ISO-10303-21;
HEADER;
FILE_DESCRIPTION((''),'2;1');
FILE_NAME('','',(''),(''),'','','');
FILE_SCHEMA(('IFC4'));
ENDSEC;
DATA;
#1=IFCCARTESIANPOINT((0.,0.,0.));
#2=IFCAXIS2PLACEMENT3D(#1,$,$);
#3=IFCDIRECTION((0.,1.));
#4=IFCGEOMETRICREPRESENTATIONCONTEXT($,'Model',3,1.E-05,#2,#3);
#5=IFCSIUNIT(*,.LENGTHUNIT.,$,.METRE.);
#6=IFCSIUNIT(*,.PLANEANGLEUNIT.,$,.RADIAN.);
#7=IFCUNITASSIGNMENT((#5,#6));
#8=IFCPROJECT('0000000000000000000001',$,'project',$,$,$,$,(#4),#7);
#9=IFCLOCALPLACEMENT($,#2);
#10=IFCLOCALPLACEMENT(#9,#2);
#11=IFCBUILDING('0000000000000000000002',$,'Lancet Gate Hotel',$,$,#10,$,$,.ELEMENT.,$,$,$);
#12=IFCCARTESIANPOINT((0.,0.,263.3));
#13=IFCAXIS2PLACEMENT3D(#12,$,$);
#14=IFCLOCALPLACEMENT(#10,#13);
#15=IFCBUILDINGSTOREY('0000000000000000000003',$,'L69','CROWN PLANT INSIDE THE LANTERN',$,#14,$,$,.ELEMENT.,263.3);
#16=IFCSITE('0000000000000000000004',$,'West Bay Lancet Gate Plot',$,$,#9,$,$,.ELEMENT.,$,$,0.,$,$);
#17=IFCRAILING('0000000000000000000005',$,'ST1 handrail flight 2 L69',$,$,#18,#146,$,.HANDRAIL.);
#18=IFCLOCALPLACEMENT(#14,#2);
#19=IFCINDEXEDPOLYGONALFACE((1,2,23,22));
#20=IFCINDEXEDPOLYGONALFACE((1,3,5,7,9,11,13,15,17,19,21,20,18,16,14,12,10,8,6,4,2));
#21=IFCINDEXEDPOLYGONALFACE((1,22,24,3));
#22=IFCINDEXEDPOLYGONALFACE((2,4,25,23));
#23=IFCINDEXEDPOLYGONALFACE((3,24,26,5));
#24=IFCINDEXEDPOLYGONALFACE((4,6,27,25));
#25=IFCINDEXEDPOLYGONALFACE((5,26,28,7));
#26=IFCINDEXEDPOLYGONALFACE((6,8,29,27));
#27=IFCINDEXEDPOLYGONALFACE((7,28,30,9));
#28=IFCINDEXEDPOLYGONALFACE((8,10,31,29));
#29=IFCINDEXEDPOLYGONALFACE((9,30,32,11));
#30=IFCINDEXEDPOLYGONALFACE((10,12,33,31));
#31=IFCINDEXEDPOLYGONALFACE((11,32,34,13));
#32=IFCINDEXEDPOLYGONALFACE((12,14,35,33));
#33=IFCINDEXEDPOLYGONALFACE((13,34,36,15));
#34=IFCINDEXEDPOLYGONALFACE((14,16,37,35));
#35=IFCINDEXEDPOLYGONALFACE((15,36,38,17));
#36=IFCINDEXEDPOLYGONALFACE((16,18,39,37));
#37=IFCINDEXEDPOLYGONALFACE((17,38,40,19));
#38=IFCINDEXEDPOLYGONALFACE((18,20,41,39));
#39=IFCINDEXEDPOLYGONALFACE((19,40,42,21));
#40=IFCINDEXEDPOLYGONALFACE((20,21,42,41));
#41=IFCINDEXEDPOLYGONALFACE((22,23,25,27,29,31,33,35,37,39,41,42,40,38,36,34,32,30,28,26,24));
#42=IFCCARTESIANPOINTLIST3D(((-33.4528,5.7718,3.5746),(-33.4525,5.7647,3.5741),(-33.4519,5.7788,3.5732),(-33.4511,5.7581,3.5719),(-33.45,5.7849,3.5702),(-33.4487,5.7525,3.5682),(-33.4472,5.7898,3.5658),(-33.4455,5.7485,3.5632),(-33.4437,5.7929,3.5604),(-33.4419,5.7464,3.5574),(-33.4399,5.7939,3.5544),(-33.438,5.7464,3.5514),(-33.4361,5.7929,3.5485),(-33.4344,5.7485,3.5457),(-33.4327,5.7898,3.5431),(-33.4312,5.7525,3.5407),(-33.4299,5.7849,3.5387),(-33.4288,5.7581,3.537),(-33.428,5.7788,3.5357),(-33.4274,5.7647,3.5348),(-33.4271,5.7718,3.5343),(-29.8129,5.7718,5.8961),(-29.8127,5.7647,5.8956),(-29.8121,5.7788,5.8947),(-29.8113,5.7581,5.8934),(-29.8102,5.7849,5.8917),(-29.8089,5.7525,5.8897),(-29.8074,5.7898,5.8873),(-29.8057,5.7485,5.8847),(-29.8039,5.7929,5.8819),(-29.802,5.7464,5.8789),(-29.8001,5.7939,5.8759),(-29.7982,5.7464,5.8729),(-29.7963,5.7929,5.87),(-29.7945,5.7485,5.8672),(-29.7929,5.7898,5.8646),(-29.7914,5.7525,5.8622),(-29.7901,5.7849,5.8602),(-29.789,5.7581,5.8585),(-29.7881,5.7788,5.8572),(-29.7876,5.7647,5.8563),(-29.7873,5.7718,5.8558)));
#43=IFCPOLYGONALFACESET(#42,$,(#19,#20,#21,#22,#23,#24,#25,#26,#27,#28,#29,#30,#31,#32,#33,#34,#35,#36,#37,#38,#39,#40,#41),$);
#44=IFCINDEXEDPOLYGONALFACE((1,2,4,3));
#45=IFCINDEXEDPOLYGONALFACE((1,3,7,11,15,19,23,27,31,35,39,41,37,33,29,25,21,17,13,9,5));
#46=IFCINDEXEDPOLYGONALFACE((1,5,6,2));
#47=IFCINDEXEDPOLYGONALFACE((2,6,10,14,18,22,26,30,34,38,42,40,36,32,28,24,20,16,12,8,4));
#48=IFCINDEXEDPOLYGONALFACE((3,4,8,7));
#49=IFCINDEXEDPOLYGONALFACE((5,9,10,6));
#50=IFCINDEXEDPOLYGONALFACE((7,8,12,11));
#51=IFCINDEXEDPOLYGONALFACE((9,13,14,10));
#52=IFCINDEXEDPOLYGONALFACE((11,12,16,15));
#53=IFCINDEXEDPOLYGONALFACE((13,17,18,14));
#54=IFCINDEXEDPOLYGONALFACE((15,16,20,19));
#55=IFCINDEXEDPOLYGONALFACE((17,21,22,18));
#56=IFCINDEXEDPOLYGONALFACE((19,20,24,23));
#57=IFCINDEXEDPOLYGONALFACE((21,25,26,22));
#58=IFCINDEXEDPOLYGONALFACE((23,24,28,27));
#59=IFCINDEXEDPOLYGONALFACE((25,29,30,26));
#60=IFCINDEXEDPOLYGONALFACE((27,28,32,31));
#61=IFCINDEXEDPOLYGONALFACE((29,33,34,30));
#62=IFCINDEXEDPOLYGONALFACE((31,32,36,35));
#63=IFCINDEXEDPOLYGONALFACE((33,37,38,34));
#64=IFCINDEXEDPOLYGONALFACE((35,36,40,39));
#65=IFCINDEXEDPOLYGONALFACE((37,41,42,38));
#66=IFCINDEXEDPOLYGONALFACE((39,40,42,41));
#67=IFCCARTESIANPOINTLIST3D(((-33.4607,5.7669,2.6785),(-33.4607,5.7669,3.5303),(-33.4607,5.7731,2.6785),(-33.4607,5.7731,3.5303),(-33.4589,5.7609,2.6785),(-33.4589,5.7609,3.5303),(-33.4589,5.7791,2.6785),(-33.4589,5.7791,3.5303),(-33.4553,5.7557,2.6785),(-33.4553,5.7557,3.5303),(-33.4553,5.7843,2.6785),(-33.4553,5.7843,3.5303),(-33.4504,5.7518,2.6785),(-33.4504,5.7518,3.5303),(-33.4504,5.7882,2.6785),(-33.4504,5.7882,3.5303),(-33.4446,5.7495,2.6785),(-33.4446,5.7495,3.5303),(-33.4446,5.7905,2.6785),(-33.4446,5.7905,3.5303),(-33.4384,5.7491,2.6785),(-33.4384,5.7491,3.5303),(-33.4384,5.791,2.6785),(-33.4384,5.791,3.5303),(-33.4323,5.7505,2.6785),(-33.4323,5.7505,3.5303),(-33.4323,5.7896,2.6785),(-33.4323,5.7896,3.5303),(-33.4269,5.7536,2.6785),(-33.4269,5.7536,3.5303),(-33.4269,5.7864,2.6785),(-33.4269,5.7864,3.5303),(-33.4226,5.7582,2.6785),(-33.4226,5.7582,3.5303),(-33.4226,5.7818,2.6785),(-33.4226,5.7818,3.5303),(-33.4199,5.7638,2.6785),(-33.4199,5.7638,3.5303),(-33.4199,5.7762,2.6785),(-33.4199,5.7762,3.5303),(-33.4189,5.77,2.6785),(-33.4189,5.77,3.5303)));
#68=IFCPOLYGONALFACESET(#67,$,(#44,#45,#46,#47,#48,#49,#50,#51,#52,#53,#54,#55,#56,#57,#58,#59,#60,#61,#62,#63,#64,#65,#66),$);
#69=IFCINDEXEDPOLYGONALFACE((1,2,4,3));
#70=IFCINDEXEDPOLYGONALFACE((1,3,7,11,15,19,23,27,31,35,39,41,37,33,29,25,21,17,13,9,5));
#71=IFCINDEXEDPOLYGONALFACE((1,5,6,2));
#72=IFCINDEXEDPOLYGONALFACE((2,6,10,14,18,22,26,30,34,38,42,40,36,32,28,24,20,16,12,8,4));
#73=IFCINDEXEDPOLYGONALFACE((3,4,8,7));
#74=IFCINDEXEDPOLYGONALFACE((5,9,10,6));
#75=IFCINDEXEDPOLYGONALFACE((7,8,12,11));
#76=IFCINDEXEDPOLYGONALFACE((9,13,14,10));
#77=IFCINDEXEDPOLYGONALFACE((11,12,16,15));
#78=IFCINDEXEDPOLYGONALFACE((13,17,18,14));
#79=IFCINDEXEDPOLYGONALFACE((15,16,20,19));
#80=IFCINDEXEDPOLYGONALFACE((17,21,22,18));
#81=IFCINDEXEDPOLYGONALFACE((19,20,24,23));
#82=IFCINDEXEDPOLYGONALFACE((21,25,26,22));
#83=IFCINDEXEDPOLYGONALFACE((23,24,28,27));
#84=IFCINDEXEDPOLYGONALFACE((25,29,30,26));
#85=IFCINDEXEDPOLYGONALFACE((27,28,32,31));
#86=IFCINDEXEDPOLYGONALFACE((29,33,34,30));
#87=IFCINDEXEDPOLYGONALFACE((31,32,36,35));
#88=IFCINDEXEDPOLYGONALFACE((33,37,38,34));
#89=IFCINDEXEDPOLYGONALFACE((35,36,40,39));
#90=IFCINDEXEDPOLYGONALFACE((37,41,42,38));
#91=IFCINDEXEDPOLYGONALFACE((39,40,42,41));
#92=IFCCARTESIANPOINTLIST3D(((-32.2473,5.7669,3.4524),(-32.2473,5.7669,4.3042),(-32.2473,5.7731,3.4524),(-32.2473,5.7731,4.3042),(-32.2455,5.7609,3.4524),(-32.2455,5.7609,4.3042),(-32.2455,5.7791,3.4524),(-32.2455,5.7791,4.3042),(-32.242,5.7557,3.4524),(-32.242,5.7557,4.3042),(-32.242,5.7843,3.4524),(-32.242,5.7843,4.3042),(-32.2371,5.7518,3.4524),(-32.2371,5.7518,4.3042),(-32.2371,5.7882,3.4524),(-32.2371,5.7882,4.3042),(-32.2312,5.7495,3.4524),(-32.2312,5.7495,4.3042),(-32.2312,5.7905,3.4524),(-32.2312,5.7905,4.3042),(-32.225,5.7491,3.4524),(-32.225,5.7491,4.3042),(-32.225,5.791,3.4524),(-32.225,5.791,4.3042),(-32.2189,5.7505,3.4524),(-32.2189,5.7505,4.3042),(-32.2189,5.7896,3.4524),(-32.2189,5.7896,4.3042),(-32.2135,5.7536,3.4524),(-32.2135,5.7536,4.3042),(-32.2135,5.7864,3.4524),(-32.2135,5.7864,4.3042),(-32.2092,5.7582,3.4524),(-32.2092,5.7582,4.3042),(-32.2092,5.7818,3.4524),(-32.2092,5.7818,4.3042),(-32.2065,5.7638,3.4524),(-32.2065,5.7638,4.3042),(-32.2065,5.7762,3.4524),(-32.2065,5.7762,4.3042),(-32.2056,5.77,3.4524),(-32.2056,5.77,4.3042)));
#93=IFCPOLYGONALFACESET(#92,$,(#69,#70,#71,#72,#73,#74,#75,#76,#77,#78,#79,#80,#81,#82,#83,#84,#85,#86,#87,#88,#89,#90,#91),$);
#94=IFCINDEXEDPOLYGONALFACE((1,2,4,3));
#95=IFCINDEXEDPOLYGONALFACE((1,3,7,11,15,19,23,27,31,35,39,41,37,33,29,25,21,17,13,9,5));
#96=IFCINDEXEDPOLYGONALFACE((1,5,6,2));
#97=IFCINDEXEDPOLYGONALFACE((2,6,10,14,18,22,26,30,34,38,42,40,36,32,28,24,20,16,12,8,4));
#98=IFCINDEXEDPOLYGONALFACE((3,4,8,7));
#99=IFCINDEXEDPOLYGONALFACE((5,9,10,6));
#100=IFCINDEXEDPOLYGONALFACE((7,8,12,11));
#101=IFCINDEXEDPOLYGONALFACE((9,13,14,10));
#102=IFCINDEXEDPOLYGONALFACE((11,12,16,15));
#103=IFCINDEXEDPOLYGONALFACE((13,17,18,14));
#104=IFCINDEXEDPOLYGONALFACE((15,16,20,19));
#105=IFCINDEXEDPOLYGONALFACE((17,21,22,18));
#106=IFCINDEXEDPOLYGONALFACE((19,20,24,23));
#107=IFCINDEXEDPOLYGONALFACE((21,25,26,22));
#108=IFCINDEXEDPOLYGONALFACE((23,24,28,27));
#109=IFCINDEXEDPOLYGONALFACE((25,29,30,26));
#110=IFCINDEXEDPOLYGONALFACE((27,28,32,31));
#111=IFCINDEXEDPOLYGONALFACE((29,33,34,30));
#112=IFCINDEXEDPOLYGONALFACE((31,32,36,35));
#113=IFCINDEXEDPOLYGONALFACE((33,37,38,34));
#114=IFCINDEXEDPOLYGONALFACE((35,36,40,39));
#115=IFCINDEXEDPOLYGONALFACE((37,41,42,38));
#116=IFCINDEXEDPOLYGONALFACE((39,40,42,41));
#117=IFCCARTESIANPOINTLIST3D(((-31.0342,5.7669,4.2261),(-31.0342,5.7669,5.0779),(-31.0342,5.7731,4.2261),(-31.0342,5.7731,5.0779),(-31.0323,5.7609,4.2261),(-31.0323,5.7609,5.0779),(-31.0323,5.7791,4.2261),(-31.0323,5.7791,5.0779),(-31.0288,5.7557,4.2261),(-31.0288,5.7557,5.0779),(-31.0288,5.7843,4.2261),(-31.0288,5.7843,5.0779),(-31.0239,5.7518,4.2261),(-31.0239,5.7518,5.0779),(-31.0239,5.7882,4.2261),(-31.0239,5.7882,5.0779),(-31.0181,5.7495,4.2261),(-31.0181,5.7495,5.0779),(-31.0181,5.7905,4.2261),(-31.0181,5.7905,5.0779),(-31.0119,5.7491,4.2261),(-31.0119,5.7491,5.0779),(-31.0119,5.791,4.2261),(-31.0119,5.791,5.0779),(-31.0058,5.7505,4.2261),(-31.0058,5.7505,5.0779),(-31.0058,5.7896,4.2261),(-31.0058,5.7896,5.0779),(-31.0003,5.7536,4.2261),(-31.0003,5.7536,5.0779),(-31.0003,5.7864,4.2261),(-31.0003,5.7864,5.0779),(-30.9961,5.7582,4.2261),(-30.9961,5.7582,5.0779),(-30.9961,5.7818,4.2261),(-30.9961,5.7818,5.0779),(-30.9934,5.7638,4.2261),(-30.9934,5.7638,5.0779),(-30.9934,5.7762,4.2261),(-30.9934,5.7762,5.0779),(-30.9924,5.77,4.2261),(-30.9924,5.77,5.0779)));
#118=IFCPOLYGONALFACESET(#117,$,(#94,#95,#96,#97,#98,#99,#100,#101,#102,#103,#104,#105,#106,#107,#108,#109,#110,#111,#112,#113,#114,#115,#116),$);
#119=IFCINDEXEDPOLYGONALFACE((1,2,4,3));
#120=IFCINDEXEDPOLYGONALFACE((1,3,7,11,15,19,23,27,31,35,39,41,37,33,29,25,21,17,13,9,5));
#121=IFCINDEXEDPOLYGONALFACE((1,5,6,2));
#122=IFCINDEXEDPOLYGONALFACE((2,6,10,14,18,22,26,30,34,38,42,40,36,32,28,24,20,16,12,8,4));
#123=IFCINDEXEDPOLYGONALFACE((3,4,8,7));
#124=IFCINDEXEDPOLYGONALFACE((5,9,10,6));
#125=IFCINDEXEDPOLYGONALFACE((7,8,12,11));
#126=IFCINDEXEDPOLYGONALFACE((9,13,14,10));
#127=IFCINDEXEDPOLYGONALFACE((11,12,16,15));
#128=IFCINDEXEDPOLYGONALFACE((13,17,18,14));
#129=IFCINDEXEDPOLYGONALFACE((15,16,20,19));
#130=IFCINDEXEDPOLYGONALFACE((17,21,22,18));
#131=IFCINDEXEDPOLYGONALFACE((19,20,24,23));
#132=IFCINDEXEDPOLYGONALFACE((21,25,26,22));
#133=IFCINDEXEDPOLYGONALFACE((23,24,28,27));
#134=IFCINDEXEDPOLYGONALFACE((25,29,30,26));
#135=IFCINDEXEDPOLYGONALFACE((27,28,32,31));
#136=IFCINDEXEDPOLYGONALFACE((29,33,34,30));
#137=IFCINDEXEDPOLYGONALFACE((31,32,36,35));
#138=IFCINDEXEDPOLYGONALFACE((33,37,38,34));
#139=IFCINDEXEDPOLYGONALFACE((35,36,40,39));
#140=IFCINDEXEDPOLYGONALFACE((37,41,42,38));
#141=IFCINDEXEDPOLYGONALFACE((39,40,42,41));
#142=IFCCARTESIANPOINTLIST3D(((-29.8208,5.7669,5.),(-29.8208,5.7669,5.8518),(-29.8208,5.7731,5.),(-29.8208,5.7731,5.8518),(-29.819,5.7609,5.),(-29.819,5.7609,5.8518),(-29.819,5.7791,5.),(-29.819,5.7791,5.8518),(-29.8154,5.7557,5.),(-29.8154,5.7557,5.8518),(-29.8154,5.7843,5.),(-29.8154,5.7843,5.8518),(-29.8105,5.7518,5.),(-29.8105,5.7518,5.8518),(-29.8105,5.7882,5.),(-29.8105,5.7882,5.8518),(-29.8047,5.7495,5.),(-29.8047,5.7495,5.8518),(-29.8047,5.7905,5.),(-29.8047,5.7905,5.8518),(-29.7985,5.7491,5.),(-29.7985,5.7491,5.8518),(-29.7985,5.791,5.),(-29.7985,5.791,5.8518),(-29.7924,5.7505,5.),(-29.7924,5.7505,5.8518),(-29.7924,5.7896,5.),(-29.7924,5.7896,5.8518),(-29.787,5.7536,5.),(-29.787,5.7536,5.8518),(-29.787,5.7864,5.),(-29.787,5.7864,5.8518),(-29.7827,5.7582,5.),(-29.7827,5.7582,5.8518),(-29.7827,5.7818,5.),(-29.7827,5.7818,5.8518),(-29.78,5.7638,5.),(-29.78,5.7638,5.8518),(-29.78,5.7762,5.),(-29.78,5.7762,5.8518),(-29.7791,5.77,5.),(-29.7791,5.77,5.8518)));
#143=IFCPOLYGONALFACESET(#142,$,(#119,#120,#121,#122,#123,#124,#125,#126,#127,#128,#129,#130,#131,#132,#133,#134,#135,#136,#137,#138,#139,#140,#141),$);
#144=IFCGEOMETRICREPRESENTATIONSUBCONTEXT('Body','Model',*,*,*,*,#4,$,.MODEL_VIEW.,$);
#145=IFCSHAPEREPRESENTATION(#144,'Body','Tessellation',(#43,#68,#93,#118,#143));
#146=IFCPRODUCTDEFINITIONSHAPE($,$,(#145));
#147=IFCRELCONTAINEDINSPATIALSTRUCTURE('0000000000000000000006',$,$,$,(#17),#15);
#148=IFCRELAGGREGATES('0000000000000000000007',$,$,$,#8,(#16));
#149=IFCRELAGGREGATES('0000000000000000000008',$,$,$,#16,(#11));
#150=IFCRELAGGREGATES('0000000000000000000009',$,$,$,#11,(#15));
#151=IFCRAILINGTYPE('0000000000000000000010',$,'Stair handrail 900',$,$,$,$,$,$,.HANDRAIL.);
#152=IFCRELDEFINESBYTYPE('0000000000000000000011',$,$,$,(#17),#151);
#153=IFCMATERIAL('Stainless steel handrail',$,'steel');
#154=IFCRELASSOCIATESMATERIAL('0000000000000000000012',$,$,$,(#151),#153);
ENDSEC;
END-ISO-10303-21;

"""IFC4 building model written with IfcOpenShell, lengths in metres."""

from ifc_helpers import new_model, si_unit, direction, frame, origin, origin_2d, place, context, subcontext, project, spatial, circle, extrude, material, type_object, element, save


model = new_model("IFC4")

# Units and contexts
model_context = context("Model", 3, precision=1e-05, world=origin(), true_north=direction((0.0, 1.0)))
body_context = subcontext(model_context, "Body", "Model", "MODEL_VIEW")
ifc_project = project(units=[si_unit("LENGTHUNIT", "METRE"), si_unit("PLANEANGLEUNIT", "RADIAN")], contexts=[model_context])

# Site, building, storey
site_placement = place(None, origin())
site = spatial("IfcSite", under=ifc_project, at=site_placement, Name="West Bay Lancet Gate Plot", CompositionType="ELEMENT", RefElevation=0.0)
building_placement = place(site_placement, origin())
building = spatial("IfcBuilding", under=site, at=building_placement, Name="Lancet Gate Hotel", CompositionType="ELEMENT")
storey_placement = place(building_placement, frame((0.0, 0.0, 263.3)))
storey = spatial("IfcBuildingStorey", under=building, at=storey_placement, Name="L69", Description="CROWN PLANT INSIDE THE LANTERN", CompositionType="ELEMENT", Elevation=263.3)

# Railing
ifc_material_1 = material(Name="Stainless steel handrail", Category="steel")
railing_type = type_object("IfcRailingType", Name="Stair handrail 900", PredefinedType="HANDRAIL", material=ifc_material_1)
railing_1_placement = place(storey_placement, frame((-33.4399, 5.77, 2.6785)))
element("IfcRailing", 1, at=railing_1_placement, inside=storey, type_object=railing_type, Name="ST1 handrail flight 2 L69", PredefinedType="HANDRAIL", context=body_context, shape_type="SweptSolid", body=[
    extrude(circle(Radius=0.0239, at=origin_2d()), frame((0.0, 0.0, 0.876), z_axis=(0.843112, 0.0, 0.537739), x_axis=(0.0, 1.0, 0.0)), (0.0, 0.0, 1.0), 4.3171),
    extrude(circle(Radius=0.021, at=origin_2d()), origin(), (0.0, 0.0, 1.0), 0.8518),
    extrude(circle(Radius=0.021, at=origin_2d()), frame((1.2134, 0.0, 0.7739)), (0.0, 0.0, 1.0), 0.8518),
    extrude(circle(Radius=0.021, at=origin_2d()), frame((2.4265, 0.0, 1.5476)), (0.0, 0.0, 1.0), 0.8518),
    extrude(circle(Radius=0.021, at=origin_2d()), frame((3.6399, 0.0, 2.3215)), (0.0, 0.0, 1.0), 0.8518),
])

save(model, "model.ifc")
